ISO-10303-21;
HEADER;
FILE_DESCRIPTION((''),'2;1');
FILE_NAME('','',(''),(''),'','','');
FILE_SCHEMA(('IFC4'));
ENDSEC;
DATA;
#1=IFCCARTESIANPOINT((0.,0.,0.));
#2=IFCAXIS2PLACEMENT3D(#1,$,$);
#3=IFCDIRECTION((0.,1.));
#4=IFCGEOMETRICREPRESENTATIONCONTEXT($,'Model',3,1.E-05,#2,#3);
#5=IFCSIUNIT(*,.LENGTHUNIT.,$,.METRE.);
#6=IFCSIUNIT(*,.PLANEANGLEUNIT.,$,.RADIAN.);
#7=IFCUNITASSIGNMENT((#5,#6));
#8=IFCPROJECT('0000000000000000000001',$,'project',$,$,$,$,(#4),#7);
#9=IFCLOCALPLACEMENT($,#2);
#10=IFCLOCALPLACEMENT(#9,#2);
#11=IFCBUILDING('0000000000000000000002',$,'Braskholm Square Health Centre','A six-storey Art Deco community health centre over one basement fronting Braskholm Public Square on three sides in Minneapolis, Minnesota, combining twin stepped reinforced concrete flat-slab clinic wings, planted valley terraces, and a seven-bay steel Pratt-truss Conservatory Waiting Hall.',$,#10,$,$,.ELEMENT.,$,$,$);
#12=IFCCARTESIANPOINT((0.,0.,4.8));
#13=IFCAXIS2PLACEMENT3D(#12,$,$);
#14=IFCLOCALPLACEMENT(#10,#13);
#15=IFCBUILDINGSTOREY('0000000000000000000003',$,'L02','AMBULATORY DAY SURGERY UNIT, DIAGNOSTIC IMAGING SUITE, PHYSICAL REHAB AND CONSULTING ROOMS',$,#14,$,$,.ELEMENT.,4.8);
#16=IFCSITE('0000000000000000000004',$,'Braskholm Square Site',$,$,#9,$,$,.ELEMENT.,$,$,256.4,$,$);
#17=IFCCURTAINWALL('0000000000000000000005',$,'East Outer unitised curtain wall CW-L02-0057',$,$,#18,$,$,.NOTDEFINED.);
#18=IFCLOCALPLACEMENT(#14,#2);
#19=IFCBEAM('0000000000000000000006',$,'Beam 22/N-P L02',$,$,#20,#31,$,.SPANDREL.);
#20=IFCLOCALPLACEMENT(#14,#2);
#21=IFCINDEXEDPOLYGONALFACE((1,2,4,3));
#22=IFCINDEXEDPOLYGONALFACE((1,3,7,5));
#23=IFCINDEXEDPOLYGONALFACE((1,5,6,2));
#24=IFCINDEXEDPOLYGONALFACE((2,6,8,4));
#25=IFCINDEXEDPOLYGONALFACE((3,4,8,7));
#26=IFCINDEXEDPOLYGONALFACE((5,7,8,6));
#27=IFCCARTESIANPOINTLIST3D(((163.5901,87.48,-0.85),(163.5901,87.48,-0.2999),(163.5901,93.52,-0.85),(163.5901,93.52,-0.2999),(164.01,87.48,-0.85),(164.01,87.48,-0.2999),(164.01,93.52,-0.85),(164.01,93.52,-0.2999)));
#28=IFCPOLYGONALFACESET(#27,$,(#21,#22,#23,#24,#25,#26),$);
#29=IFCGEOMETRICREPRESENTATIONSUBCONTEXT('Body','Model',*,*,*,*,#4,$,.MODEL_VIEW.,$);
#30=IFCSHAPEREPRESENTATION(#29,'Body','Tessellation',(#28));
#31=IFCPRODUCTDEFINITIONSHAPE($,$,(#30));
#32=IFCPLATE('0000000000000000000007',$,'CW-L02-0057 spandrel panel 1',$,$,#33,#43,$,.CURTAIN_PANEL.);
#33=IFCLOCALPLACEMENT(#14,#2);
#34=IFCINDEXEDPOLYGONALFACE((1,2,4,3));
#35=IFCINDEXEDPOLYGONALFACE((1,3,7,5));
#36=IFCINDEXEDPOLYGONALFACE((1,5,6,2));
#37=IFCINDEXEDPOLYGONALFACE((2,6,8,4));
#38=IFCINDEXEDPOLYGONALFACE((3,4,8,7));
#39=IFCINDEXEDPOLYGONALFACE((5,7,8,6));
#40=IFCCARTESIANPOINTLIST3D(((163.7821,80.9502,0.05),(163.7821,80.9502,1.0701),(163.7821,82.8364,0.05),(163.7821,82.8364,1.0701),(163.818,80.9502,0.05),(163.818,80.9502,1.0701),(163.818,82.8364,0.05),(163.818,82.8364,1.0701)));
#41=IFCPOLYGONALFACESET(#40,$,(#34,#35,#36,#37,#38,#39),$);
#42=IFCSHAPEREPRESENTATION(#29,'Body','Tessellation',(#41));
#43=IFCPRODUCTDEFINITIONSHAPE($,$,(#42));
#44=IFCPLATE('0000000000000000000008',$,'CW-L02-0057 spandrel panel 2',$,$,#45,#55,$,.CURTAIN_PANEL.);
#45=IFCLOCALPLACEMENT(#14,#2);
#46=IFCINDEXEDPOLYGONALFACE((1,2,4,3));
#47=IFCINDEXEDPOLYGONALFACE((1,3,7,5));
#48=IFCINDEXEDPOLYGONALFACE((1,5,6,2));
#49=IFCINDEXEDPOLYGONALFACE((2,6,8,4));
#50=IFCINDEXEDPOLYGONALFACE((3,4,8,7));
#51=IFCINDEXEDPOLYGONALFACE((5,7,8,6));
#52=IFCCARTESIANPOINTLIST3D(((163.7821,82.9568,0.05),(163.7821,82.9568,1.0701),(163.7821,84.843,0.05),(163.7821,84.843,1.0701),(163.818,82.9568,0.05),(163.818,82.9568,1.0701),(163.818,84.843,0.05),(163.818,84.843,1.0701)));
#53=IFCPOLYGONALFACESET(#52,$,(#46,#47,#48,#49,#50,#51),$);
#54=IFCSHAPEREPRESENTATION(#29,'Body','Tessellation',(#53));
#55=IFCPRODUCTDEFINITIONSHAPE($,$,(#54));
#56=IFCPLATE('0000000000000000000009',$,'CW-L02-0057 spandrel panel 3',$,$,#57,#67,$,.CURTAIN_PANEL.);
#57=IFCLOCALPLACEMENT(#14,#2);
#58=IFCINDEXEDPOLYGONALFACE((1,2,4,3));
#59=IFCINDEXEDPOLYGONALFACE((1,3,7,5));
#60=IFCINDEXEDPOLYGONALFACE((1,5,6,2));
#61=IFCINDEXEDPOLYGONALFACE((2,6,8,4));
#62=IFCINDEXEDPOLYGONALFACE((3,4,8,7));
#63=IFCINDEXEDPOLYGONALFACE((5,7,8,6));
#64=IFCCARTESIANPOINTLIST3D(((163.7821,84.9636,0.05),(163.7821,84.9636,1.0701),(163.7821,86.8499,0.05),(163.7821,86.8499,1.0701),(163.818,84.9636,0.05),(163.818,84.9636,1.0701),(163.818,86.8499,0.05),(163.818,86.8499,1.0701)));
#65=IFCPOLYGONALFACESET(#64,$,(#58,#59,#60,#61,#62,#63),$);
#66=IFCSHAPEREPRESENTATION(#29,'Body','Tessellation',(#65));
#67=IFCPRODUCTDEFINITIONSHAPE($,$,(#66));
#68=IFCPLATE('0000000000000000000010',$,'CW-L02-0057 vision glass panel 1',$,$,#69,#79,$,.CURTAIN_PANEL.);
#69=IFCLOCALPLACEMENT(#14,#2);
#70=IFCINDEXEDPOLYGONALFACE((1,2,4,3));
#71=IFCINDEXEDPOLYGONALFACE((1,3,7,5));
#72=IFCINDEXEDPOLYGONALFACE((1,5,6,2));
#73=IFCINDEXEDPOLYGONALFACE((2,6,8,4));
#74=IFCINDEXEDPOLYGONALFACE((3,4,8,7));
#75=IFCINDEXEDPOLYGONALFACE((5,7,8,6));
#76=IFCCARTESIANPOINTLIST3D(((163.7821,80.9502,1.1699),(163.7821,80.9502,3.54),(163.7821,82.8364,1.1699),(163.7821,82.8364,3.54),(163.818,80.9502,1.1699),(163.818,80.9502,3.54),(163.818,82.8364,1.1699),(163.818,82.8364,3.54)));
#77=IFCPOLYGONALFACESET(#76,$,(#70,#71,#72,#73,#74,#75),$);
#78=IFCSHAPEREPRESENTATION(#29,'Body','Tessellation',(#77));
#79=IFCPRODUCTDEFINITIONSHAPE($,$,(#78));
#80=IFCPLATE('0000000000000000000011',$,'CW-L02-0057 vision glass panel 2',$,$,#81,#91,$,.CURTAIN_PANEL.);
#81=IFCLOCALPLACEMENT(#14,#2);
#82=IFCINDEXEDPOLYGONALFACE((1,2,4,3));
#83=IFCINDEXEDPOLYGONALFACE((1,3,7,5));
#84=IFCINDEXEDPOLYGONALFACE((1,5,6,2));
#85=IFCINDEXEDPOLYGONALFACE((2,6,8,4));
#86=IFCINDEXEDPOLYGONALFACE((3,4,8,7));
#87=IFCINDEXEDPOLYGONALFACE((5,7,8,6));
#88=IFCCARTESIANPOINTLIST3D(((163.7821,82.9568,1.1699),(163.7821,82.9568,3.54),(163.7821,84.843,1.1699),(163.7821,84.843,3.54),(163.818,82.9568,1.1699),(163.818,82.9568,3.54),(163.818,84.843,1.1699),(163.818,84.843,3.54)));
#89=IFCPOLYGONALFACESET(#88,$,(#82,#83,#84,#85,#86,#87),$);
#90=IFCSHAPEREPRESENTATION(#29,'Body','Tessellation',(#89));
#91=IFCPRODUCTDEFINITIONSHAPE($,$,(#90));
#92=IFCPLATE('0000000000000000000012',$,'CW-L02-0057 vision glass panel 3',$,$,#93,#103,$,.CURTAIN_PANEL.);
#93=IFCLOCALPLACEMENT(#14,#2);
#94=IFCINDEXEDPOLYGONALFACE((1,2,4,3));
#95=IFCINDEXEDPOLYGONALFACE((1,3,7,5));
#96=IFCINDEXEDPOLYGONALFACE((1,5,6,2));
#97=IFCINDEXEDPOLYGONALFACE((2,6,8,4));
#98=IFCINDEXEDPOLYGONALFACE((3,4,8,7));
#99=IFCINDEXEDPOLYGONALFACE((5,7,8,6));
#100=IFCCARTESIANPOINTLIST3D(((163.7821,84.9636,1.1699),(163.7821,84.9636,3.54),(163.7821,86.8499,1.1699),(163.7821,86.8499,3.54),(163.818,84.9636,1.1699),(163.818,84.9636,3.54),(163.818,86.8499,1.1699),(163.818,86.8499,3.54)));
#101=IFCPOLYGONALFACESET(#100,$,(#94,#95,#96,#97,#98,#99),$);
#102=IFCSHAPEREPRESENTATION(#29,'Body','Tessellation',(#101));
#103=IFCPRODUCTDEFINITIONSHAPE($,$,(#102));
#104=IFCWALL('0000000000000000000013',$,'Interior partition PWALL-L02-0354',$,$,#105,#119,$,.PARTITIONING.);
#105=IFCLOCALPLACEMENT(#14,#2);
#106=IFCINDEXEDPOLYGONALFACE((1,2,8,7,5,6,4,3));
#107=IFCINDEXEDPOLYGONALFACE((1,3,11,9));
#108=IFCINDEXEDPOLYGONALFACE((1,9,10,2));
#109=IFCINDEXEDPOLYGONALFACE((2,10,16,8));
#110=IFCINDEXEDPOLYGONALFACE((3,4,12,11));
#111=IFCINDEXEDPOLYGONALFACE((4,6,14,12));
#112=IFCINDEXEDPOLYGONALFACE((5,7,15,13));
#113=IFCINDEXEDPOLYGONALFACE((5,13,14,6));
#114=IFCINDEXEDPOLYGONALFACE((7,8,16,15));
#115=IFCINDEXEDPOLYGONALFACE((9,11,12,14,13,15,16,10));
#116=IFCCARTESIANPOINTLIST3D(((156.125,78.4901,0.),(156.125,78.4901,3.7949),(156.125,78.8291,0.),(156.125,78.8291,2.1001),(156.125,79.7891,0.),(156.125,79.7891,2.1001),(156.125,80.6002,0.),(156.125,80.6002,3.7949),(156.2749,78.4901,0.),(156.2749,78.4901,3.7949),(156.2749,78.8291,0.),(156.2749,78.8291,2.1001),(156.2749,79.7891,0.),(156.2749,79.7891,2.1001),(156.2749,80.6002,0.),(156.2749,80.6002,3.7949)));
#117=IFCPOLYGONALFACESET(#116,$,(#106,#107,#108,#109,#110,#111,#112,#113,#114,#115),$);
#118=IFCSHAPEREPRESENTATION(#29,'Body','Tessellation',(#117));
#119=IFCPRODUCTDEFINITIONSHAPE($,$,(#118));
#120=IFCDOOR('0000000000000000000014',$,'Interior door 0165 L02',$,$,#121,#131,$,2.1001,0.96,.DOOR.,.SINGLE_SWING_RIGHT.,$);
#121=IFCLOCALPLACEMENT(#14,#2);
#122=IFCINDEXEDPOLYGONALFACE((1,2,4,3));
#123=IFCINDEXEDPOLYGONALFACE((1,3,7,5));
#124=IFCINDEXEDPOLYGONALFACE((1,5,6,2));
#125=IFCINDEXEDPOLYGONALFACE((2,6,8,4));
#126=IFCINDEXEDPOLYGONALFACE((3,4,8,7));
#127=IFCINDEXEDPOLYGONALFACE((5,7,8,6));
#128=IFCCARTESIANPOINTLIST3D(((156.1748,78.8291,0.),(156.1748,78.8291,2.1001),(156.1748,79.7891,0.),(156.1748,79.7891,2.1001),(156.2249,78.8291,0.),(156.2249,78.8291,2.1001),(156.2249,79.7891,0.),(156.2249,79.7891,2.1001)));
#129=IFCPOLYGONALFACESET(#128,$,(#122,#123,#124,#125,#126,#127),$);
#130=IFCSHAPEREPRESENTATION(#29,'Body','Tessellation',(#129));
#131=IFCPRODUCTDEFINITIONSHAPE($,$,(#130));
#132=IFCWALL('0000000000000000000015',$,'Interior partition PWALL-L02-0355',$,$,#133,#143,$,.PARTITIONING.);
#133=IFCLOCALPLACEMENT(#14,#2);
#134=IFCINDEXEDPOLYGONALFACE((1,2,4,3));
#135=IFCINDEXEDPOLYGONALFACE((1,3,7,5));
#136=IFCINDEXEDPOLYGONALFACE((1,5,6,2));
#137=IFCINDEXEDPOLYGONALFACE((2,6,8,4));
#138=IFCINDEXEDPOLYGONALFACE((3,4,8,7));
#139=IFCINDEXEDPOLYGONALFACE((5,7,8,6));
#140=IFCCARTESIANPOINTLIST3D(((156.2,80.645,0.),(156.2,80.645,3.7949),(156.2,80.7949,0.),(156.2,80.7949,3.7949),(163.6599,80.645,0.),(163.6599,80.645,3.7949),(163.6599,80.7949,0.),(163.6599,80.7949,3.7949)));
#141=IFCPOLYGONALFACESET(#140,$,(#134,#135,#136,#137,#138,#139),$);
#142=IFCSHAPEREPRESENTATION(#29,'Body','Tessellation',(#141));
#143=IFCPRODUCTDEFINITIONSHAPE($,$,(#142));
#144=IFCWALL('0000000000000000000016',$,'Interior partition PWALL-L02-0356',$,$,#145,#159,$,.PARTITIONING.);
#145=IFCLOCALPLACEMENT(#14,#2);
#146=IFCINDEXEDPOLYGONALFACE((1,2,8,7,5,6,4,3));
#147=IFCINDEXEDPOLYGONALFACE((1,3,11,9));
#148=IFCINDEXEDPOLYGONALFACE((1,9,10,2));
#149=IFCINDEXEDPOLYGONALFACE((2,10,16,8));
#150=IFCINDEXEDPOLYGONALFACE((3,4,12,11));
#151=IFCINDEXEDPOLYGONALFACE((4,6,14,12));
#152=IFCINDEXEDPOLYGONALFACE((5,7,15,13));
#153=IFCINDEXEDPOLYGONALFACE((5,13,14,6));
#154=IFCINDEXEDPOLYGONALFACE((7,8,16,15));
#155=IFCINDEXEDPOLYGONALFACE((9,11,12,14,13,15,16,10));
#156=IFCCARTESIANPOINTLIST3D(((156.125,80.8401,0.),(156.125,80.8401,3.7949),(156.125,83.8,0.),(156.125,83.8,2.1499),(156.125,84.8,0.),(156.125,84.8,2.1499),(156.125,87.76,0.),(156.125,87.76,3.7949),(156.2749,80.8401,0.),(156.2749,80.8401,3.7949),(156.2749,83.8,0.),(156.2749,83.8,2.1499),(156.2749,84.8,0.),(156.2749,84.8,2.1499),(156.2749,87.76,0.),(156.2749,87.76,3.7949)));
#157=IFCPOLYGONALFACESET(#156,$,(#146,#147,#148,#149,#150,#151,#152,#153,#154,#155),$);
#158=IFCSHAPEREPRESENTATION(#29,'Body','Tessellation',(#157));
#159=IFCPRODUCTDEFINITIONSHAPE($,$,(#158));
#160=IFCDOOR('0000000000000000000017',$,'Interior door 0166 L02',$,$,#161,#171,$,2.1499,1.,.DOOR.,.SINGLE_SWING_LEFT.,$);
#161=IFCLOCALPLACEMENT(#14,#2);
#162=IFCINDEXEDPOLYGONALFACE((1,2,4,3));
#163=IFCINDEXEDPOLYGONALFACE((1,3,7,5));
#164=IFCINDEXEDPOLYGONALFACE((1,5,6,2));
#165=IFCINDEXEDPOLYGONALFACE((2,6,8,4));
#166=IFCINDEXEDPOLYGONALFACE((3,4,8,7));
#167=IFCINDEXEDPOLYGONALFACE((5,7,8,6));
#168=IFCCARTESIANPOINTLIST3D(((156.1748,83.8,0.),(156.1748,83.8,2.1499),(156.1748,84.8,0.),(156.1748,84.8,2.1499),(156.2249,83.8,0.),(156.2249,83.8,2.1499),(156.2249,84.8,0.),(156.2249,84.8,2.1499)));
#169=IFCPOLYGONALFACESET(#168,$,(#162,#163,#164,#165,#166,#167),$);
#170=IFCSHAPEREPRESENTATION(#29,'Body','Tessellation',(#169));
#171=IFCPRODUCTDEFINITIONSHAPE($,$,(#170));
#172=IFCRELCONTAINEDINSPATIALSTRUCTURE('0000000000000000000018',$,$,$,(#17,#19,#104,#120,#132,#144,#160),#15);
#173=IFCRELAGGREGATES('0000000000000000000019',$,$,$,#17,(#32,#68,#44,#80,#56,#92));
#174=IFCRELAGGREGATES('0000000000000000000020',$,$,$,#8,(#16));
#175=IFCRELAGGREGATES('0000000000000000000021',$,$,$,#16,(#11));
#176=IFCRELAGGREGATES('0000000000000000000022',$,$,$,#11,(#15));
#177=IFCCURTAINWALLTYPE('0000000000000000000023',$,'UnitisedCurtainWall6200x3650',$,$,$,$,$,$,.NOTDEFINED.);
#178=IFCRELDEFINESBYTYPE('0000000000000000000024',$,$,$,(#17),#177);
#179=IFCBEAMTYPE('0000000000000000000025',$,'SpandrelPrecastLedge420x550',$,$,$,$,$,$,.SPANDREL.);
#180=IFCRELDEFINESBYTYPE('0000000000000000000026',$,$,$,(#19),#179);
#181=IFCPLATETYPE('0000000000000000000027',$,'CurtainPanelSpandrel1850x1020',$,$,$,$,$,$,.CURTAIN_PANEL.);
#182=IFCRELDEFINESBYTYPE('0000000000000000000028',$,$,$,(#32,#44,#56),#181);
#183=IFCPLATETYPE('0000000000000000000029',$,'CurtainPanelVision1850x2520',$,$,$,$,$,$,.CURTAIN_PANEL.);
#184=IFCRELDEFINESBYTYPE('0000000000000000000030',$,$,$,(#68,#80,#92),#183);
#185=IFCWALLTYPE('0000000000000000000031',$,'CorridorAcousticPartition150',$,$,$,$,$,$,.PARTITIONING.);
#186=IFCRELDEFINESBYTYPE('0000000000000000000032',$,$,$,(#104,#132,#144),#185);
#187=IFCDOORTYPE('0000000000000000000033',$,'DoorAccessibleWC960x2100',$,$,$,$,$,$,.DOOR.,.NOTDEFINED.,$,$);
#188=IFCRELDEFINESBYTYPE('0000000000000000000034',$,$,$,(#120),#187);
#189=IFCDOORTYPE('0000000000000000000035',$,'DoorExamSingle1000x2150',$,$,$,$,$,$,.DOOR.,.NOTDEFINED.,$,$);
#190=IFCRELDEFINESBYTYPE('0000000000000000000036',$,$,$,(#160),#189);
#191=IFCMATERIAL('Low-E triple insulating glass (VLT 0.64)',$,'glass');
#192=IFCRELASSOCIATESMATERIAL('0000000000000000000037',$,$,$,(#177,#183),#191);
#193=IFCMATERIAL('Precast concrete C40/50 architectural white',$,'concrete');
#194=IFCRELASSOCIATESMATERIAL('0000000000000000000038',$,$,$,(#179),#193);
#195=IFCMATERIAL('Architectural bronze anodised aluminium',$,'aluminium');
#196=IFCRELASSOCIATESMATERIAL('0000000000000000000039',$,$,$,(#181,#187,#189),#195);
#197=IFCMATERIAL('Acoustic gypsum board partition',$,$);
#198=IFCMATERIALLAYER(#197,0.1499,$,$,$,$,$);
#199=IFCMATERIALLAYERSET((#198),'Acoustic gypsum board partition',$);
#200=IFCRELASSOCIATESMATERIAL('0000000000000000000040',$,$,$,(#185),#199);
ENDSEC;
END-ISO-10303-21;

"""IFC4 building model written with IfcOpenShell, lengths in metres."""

from ifc_helpers import new_model, si_unit, direction, frame, frame_2d, origin, origin_2d, place, context, subcontext, project, spatial, rectangle, extrude, material, layer, layer_set, material_profile, profile_set, type_object, element, fill, aggregate, save


model = new_model("IFC4")

# Units and contexts
model_context = context("Model", 3, precision=1e-05, world=origin(), true_north=direction((0.0, 1.0)))
body_context = subcontext(model_context, "Body", "Model", "MODEL_VIEW")
ifc_project = project(units=[si_unit("LENGTHUNIT", "METRE"), si_unit("PLANEANGLEUNIT", "RADIAN")], contexts=[model_context])

# Site, building, storey
site_placement = place(None, origin())
site = spatial("IfcSite", under=ifc_project, at=site_placement, Name="Braskholm Square Site", CompositionType="ELEMENT", RefElevation=256.4)
building_placement = place(site_placement, origin())
building = spatial("IfcBuilding", under=site, at=building_placement, Name="Braskholm Square Health Centre", Description="A six-storey Art Deco community health centre over one basement fronting Braskholm Public Square on three sides in Minneapolis, Minnesota, combining twin stepped reinforced concrete flat-slab clinic wings, planted valley terraces, and a seven-bay steel Pratt-truss Conservatory Waiting Hall.", CompositionType="ELEMENT")
storey_placement = place(building_placement, frame((0.0, 0.0, 4.8)))
storey = spatial("IfcBuildingStorey", under=building, at=storey_placement, Name="L02", Description="AMBULATORY DAY SURGERY UNIT, DIAGNOSTIC IMAGING SUITE, PHYSICAL REHAB AND CONSULTING ROOMS", CompositionType="ELEMENT", Elevation=4.8)

# Shared definitions
ifc_material_1 = material(Name="Precast concrete C40/50 architectural white", Category="concrete")

# Curtain wall
ifc_material_2 = material(Name="Low-E triple insulating glass (VLT 0.64)", Category="glass")
curtain_wall_type = type_object("IfcCurtainWallType", Name="UnitisedCurtainWall6200x3650", PredefinedType="NOTDEFINED", material=ifc_material_2)
curtain_wall_placement = place(storey_placement, origin())
curtain_wall = element("IfcCurtainWall", 1, at=curtain_wall_placement, inside=storey, type_object=curtain_wall_type, Name="East Outer unitised curtain wall CW-L02-0057", PredefinedType="NOTDEFINED")
ifc_material_3 = material(Name="Architectural bronze anodised aluminium", Category="aluminium")

# Beam
ifc_material_profile_1 = material_profile(ifc_material_1, rectangle(XDim=0.4199, YDim=0.55, at=origin_2d()), Name="RCB-420X550")
ifc_profile_set_1 = profile_set([ifc_material_profile_1], Name="Precast concrete C40/50 architectural white")
beam_type_1 = type_object("IfcBeamType", Name="SpandrelPrecastLedge420x550", PredefinedType="SPANDREL", material=ifc_profile_set_1)
for number, where, z_axis, x_axis, name in (
    (2, (163.8, 87.48, -0.575), (0.0, 1.0, 0.0), (-1.0, 0.0, 0.0), "Beam 22/N-P L02"),
):
    element("IfcBeam", number, at=place(storey_placement, frame(where, z_axis=z_axis, x_axis=x_axis)), inside=storey, type_object=beam_type_1, Name=name, PredefinedType="SPANDREL", context=body_context, shape_type="SweptSolid", body=[
        extrude(rectangle(XDim=0.4199, YDim=0.55, at=origin_2d()), origin(), (0.0, 0.0, 1.0), 6.04),
    ])

# Plates
plate_type_1 = type_object("IfcPlateType", Name="CurtainPanelSpandrel1850x1020", PredefinedType="CURTAIN_PANEL", material=ifc_material_3)
plate_1_placement = place(storey_placement, frame((163.8, 81.8933, 0.05), z_axis=(0.0, 0.0, 1.0), x_axis=(0.0, 1.0, 0.0)))
plate_1 = element("IfcPlate", 3, at=plate_1_placement, type_object=plate_type_1, Name="CW-L02-0057 spandrel panel 1", PredefinedType="CURTAIN_PANEL", context=body_context, shape_type="SweptSolid", body=[
    extrude(rectangle(XDim=1.8862, YDim=0.0359, at=origin_2d()), origin(), (0.0, 0.0, 1.0), 1.02),
])
plate_2_placement = place(storey_placement, frame((163.8, 83.8999, 0.05), z_axis=(0.0, 0.0, 1.0), x_axis=(0.0, 1.0, 0.0)))
plate_2 = element("IfcPlate", 4, at=plate_2_placement, type_object=plate_type_1, Name="CW-L02-0057 spandrel panel 2", PredefinedType="CURTAIN_PANEL", context=body_context, shape_type="SweptSolid", body=[
    extrude(rectangle(XDim=1.8862, YDim=0.0359, at=origin_2d()), origin(), (0.0, 0.0, 1.0), 1.02),
])
plate_3_placement = place(storey_placement, frame((163.8, 85.9067, 0.05), z_axis=(0.0, 0.0, 1.0), x_axis=(0.0, 1.0, 0.0)))
plate_3 = element("IfcPlate", 5, at=plate_3_placement, type_object=plate_type_1, Name="CW-L02-0057 spandrel panel 3", PredefinedType="CURTAIN_PANEL", context=body_context, shape_type="SweptSolid", body=[
    extrude(rectangle(XDim=1.8862, YDim=0.0359, at=origin_2d()), origin(), (0.0, 0.0, 1.0), 1.02),
])
plate_type_2 = type_object("IfcPlateType", Name="CurtainPanelVision1850x2520", PredefinedType="CURTAIN_PANEL", material=ifc_material_2)
plate_4_placement = place(storey_placement, frame((163.8, 81.8933, 1.1699), z_axis=(0.0, 0.0, 1.0), x_axis=(0.0, 1.0, 0.0)))
plate_4 = element("IfcPlate", 6, at=plate_4_placement, type_object=plate_type_2, Name="CW-L02-0057 vision glass panel 1", PredefinedType="CURTAIN_PANEL", context=body_context, shape_type="SweptSolid", body=[
    extrude(rectangle(XDim=1.8862, YDim=0.0359, at=origin_2d()), origin(), (0.0, 0.0, 1.0), 2.3701),
])
plate_5_placement = place(storey_placement, frame((163.8, 83.8999, 1.1699), z_axis=(0.0, 0.0, 1.0), x_axis=(0.0, 1.0, 0.0)))
plate_5 = element("IfcPlate", 7, at=plate_5_placement, type_object=plate_type_2, Name="CW-L02-0057 vision glass panel 2", PredefinedType="CURTAIN_PANEL", context=body_context, shape_type="SweptSolid", body=[
    extrude(rectangle(XDim=1.8862, YDim=0.0359, at=origin_2d()), origin(), (0.0, 0.0, 1.0), 2.3701),
])
plate_6_placement = place(storey_placement, frame((163.8, 85.9067, 1.1699), z_axis=(0.0, 0.0, 1.0), x_axis=(0.0, 1.0, 0.0)))
plate_6 = element("IfcPlate", 8, at=plate_6_placement, type_object=plate_type_2, Name="CW-L02-0057 vision glass panel 3", PredefinedType="CURTAIN_PANEL", context=body_context, shape_type="SweptSolid", body=[
    extrude(rectangle(XDim=1.8862, YDim=0.0359, at=origin_2d()), origin(), (0.0, 0.0, 1.0), 2.3701),
])
aggregate(curtain_wall, [plate_1, plate_4, plate_2, plate_5, plate_3, plate_6])

# Wall, opening, door
ifc_material_4 = material(Name="Acoustic gypsum board partition")
ifc_layer_1 = layer(ifc_material_4, 0.1499)
ifc_layer_set_1 = layer_set([ifc_layer_1], Name="Acoustic gypsum board partition")
wall_type = type_object("IfcWallType", Name="CorridorAcousticPartition150", PredefinedType="PARTITIONING", material=ifc_layer_set_1)
wall_1_placement = place(storey_placement, frame((156.2, 78.49, 0.0), z_axis=(0.0, 0.0, 1.0), x_axis=(0.0, 1.0, 0.0)))
wall_1 = element("IfcWall", 9, at=wall_1_placement, inside=storey, type_object=wall_type, Name="Interior partition PWALL-L02-0354", PredefinedType="PARTITIONING", context=body_context, shape_type="SweptSolid", body=[
    extrude(rectangle(XDim=2.1101, YDim=0.1499, at=frame_2d((1.0552, 0.0))), origin(), (0.0, 0.0, 1.0), 3.7949),
])
opening_1_placement = place(wall_1_placement, frame((0.3391, 0.0, 0.0)))
opening_1 = element("IfcOpeningElement", 10, at=opening_1_placement, cuts=wall_1, PredefinedType="OPENING", context=body_context, shape_type="SweptSolid", body=[
    extrude(rectangle(XDim=0.96, YDim=2.1001, at=frame_2d((0.48, 1.05))), frame((0.0, 0.085, 0.0), z_axis=(0.0, -1.0, 0.0), x_axis=(1.0, 0.0, 0.0)), (0.0, 0.0, 1.0), 0.1699),
])
door_type_1 = type_object("IfcDoorType", Name="DoorAccessibleWC960x2100", OperationType="NOTDEFINED", PredefinedType="DOOR", material=ifc_material_3)
door_1_placement = place(opening_1_placement, frame((0.96, 0.0, 0.0), z_axis=(0.0, 0.0, 1.0), x_axis=(-1.0, 0.0, 0.0)))
door_1 = element("IfcDoor", 11, at=door_1_placement, inside=storey, type_object=door_type_1, Name="Interior door 0165 L02", OperationType="SINGLE_SWING_RIGHT", OverallHeight=2.1001, OverallWidth=0.96, PredefinedType="DOOR", context=body_context, shape_type="SweptSolid", body=[
    extrude(rectangle(XDim=0.96, YDim=2.1001, at=frame_2d((0.48, 1.05))), frame((0.0, 0.0249, 0.0), z_axis=(0.0, -1.0, 0.0), x_axis=(1.0, 0.0, 0.0)), (0.0, 0.0, 1.0), 0.05),
])
fill(opening_1, door_1)

# Wall
wall_2_placement = place(storey_placement, frame((156.2, 80.72, 0.0), z_axis=(0.0, 0.0, 1.0), x_axis=(1.0, 0.0, 0.0)))
element("IfcWall", 12, at=wall_2_placement, inside=storey, type_object=wall_type, Name="Interior partition PWALL-L02-0355", PredefinedType="PARTITIONING", context=body_context, shape_type="SweptSolid", body=[
    extrude(rectangle(XDim=7.46, YDim=0.1499, at=frame_2d((3.73, 0.0))), origin(), (0.0, 0.0, 1.0), 3.7949),
])

# Wall, opening, door
wall_3_placement = place(storey_placement, frame((156.2, 80.8401, 0.0), z_axis=(0.0, 0.0, 1.0), x_axis=(0.0, 1.0, 0.0)))
wall_3 = element("IfcWall", 13, at=wall_3_placement, inside=storey, type_object=wall_type, Name="Interior partition PWALL-L02-0356", PredefinedType="PARTITIONING", context=body_context, shape_type="SweptSolid", body=[
    extrude(rectangle(XDim=6.9199, YDim=0.1499, at=frame_2d((3.46, 0.0))), origin(), (0.0, 0.0, 1.0), 3.7949),
])
opening_2_placement = place(wall_3_placement, frame((2.96, 0.0, 0.0)))
opening_2 = element("IfcOpeningElement", 14, at=opening_2_placement, cuts=wall_3, PredefinedType="OPENING", context=body_context, shape_type="SweptSolid", body=[
    extrude(rectangle(XDim=1.0, YDim=2.1499, at=frame_2d((0.5, 1.075))), frame((0.0, 0.085, 0.0), z_axis=(0.0, -1.0, 0.0), x_axis=(1.0, 0.0, 0.0)), (0.0, 0.0, 1.0), 0.1699),
])
door_type_2 = type_object("IfcDoorType", Name="DoorExamSingle1000x2150", OperationType="NOTDEFINED", PredefinedType="DOOR", material=ifc_material_3)
door_2_placement = place(opening_2_placement, frame((1.0, 0.0, 0.0), z_axis=(0.0, 0.0, 1.0), x_axis=(-1.0, 0.0, 0.0)))
door_2 = element("IfcDoor", 15, at=door_2_placement, inside=storey, type_object=door_type_2, Name="Interior door 0166 L02", OperationType="SINGLE_SWING_LEFT", OverallHeight=2.1499, OverallWidth=1.0, PredefinedType="DOOR", context=body_context, shape_type="SweptSolid", body=[
    extrude(rectangle(XDim=1.0, YDim=2.1499, at=frame_2d((0.5, 1.075))), frame((0.0, 0.0249, 0.0), z_axis=(0.0, -1.0, 0.0), x_axis=(1.0, 0.0, 0.0)), (0.0, 0.0, 1.0), 0.05),
])
fill(opening_2, door_2)

save(model, "model.ifc")
